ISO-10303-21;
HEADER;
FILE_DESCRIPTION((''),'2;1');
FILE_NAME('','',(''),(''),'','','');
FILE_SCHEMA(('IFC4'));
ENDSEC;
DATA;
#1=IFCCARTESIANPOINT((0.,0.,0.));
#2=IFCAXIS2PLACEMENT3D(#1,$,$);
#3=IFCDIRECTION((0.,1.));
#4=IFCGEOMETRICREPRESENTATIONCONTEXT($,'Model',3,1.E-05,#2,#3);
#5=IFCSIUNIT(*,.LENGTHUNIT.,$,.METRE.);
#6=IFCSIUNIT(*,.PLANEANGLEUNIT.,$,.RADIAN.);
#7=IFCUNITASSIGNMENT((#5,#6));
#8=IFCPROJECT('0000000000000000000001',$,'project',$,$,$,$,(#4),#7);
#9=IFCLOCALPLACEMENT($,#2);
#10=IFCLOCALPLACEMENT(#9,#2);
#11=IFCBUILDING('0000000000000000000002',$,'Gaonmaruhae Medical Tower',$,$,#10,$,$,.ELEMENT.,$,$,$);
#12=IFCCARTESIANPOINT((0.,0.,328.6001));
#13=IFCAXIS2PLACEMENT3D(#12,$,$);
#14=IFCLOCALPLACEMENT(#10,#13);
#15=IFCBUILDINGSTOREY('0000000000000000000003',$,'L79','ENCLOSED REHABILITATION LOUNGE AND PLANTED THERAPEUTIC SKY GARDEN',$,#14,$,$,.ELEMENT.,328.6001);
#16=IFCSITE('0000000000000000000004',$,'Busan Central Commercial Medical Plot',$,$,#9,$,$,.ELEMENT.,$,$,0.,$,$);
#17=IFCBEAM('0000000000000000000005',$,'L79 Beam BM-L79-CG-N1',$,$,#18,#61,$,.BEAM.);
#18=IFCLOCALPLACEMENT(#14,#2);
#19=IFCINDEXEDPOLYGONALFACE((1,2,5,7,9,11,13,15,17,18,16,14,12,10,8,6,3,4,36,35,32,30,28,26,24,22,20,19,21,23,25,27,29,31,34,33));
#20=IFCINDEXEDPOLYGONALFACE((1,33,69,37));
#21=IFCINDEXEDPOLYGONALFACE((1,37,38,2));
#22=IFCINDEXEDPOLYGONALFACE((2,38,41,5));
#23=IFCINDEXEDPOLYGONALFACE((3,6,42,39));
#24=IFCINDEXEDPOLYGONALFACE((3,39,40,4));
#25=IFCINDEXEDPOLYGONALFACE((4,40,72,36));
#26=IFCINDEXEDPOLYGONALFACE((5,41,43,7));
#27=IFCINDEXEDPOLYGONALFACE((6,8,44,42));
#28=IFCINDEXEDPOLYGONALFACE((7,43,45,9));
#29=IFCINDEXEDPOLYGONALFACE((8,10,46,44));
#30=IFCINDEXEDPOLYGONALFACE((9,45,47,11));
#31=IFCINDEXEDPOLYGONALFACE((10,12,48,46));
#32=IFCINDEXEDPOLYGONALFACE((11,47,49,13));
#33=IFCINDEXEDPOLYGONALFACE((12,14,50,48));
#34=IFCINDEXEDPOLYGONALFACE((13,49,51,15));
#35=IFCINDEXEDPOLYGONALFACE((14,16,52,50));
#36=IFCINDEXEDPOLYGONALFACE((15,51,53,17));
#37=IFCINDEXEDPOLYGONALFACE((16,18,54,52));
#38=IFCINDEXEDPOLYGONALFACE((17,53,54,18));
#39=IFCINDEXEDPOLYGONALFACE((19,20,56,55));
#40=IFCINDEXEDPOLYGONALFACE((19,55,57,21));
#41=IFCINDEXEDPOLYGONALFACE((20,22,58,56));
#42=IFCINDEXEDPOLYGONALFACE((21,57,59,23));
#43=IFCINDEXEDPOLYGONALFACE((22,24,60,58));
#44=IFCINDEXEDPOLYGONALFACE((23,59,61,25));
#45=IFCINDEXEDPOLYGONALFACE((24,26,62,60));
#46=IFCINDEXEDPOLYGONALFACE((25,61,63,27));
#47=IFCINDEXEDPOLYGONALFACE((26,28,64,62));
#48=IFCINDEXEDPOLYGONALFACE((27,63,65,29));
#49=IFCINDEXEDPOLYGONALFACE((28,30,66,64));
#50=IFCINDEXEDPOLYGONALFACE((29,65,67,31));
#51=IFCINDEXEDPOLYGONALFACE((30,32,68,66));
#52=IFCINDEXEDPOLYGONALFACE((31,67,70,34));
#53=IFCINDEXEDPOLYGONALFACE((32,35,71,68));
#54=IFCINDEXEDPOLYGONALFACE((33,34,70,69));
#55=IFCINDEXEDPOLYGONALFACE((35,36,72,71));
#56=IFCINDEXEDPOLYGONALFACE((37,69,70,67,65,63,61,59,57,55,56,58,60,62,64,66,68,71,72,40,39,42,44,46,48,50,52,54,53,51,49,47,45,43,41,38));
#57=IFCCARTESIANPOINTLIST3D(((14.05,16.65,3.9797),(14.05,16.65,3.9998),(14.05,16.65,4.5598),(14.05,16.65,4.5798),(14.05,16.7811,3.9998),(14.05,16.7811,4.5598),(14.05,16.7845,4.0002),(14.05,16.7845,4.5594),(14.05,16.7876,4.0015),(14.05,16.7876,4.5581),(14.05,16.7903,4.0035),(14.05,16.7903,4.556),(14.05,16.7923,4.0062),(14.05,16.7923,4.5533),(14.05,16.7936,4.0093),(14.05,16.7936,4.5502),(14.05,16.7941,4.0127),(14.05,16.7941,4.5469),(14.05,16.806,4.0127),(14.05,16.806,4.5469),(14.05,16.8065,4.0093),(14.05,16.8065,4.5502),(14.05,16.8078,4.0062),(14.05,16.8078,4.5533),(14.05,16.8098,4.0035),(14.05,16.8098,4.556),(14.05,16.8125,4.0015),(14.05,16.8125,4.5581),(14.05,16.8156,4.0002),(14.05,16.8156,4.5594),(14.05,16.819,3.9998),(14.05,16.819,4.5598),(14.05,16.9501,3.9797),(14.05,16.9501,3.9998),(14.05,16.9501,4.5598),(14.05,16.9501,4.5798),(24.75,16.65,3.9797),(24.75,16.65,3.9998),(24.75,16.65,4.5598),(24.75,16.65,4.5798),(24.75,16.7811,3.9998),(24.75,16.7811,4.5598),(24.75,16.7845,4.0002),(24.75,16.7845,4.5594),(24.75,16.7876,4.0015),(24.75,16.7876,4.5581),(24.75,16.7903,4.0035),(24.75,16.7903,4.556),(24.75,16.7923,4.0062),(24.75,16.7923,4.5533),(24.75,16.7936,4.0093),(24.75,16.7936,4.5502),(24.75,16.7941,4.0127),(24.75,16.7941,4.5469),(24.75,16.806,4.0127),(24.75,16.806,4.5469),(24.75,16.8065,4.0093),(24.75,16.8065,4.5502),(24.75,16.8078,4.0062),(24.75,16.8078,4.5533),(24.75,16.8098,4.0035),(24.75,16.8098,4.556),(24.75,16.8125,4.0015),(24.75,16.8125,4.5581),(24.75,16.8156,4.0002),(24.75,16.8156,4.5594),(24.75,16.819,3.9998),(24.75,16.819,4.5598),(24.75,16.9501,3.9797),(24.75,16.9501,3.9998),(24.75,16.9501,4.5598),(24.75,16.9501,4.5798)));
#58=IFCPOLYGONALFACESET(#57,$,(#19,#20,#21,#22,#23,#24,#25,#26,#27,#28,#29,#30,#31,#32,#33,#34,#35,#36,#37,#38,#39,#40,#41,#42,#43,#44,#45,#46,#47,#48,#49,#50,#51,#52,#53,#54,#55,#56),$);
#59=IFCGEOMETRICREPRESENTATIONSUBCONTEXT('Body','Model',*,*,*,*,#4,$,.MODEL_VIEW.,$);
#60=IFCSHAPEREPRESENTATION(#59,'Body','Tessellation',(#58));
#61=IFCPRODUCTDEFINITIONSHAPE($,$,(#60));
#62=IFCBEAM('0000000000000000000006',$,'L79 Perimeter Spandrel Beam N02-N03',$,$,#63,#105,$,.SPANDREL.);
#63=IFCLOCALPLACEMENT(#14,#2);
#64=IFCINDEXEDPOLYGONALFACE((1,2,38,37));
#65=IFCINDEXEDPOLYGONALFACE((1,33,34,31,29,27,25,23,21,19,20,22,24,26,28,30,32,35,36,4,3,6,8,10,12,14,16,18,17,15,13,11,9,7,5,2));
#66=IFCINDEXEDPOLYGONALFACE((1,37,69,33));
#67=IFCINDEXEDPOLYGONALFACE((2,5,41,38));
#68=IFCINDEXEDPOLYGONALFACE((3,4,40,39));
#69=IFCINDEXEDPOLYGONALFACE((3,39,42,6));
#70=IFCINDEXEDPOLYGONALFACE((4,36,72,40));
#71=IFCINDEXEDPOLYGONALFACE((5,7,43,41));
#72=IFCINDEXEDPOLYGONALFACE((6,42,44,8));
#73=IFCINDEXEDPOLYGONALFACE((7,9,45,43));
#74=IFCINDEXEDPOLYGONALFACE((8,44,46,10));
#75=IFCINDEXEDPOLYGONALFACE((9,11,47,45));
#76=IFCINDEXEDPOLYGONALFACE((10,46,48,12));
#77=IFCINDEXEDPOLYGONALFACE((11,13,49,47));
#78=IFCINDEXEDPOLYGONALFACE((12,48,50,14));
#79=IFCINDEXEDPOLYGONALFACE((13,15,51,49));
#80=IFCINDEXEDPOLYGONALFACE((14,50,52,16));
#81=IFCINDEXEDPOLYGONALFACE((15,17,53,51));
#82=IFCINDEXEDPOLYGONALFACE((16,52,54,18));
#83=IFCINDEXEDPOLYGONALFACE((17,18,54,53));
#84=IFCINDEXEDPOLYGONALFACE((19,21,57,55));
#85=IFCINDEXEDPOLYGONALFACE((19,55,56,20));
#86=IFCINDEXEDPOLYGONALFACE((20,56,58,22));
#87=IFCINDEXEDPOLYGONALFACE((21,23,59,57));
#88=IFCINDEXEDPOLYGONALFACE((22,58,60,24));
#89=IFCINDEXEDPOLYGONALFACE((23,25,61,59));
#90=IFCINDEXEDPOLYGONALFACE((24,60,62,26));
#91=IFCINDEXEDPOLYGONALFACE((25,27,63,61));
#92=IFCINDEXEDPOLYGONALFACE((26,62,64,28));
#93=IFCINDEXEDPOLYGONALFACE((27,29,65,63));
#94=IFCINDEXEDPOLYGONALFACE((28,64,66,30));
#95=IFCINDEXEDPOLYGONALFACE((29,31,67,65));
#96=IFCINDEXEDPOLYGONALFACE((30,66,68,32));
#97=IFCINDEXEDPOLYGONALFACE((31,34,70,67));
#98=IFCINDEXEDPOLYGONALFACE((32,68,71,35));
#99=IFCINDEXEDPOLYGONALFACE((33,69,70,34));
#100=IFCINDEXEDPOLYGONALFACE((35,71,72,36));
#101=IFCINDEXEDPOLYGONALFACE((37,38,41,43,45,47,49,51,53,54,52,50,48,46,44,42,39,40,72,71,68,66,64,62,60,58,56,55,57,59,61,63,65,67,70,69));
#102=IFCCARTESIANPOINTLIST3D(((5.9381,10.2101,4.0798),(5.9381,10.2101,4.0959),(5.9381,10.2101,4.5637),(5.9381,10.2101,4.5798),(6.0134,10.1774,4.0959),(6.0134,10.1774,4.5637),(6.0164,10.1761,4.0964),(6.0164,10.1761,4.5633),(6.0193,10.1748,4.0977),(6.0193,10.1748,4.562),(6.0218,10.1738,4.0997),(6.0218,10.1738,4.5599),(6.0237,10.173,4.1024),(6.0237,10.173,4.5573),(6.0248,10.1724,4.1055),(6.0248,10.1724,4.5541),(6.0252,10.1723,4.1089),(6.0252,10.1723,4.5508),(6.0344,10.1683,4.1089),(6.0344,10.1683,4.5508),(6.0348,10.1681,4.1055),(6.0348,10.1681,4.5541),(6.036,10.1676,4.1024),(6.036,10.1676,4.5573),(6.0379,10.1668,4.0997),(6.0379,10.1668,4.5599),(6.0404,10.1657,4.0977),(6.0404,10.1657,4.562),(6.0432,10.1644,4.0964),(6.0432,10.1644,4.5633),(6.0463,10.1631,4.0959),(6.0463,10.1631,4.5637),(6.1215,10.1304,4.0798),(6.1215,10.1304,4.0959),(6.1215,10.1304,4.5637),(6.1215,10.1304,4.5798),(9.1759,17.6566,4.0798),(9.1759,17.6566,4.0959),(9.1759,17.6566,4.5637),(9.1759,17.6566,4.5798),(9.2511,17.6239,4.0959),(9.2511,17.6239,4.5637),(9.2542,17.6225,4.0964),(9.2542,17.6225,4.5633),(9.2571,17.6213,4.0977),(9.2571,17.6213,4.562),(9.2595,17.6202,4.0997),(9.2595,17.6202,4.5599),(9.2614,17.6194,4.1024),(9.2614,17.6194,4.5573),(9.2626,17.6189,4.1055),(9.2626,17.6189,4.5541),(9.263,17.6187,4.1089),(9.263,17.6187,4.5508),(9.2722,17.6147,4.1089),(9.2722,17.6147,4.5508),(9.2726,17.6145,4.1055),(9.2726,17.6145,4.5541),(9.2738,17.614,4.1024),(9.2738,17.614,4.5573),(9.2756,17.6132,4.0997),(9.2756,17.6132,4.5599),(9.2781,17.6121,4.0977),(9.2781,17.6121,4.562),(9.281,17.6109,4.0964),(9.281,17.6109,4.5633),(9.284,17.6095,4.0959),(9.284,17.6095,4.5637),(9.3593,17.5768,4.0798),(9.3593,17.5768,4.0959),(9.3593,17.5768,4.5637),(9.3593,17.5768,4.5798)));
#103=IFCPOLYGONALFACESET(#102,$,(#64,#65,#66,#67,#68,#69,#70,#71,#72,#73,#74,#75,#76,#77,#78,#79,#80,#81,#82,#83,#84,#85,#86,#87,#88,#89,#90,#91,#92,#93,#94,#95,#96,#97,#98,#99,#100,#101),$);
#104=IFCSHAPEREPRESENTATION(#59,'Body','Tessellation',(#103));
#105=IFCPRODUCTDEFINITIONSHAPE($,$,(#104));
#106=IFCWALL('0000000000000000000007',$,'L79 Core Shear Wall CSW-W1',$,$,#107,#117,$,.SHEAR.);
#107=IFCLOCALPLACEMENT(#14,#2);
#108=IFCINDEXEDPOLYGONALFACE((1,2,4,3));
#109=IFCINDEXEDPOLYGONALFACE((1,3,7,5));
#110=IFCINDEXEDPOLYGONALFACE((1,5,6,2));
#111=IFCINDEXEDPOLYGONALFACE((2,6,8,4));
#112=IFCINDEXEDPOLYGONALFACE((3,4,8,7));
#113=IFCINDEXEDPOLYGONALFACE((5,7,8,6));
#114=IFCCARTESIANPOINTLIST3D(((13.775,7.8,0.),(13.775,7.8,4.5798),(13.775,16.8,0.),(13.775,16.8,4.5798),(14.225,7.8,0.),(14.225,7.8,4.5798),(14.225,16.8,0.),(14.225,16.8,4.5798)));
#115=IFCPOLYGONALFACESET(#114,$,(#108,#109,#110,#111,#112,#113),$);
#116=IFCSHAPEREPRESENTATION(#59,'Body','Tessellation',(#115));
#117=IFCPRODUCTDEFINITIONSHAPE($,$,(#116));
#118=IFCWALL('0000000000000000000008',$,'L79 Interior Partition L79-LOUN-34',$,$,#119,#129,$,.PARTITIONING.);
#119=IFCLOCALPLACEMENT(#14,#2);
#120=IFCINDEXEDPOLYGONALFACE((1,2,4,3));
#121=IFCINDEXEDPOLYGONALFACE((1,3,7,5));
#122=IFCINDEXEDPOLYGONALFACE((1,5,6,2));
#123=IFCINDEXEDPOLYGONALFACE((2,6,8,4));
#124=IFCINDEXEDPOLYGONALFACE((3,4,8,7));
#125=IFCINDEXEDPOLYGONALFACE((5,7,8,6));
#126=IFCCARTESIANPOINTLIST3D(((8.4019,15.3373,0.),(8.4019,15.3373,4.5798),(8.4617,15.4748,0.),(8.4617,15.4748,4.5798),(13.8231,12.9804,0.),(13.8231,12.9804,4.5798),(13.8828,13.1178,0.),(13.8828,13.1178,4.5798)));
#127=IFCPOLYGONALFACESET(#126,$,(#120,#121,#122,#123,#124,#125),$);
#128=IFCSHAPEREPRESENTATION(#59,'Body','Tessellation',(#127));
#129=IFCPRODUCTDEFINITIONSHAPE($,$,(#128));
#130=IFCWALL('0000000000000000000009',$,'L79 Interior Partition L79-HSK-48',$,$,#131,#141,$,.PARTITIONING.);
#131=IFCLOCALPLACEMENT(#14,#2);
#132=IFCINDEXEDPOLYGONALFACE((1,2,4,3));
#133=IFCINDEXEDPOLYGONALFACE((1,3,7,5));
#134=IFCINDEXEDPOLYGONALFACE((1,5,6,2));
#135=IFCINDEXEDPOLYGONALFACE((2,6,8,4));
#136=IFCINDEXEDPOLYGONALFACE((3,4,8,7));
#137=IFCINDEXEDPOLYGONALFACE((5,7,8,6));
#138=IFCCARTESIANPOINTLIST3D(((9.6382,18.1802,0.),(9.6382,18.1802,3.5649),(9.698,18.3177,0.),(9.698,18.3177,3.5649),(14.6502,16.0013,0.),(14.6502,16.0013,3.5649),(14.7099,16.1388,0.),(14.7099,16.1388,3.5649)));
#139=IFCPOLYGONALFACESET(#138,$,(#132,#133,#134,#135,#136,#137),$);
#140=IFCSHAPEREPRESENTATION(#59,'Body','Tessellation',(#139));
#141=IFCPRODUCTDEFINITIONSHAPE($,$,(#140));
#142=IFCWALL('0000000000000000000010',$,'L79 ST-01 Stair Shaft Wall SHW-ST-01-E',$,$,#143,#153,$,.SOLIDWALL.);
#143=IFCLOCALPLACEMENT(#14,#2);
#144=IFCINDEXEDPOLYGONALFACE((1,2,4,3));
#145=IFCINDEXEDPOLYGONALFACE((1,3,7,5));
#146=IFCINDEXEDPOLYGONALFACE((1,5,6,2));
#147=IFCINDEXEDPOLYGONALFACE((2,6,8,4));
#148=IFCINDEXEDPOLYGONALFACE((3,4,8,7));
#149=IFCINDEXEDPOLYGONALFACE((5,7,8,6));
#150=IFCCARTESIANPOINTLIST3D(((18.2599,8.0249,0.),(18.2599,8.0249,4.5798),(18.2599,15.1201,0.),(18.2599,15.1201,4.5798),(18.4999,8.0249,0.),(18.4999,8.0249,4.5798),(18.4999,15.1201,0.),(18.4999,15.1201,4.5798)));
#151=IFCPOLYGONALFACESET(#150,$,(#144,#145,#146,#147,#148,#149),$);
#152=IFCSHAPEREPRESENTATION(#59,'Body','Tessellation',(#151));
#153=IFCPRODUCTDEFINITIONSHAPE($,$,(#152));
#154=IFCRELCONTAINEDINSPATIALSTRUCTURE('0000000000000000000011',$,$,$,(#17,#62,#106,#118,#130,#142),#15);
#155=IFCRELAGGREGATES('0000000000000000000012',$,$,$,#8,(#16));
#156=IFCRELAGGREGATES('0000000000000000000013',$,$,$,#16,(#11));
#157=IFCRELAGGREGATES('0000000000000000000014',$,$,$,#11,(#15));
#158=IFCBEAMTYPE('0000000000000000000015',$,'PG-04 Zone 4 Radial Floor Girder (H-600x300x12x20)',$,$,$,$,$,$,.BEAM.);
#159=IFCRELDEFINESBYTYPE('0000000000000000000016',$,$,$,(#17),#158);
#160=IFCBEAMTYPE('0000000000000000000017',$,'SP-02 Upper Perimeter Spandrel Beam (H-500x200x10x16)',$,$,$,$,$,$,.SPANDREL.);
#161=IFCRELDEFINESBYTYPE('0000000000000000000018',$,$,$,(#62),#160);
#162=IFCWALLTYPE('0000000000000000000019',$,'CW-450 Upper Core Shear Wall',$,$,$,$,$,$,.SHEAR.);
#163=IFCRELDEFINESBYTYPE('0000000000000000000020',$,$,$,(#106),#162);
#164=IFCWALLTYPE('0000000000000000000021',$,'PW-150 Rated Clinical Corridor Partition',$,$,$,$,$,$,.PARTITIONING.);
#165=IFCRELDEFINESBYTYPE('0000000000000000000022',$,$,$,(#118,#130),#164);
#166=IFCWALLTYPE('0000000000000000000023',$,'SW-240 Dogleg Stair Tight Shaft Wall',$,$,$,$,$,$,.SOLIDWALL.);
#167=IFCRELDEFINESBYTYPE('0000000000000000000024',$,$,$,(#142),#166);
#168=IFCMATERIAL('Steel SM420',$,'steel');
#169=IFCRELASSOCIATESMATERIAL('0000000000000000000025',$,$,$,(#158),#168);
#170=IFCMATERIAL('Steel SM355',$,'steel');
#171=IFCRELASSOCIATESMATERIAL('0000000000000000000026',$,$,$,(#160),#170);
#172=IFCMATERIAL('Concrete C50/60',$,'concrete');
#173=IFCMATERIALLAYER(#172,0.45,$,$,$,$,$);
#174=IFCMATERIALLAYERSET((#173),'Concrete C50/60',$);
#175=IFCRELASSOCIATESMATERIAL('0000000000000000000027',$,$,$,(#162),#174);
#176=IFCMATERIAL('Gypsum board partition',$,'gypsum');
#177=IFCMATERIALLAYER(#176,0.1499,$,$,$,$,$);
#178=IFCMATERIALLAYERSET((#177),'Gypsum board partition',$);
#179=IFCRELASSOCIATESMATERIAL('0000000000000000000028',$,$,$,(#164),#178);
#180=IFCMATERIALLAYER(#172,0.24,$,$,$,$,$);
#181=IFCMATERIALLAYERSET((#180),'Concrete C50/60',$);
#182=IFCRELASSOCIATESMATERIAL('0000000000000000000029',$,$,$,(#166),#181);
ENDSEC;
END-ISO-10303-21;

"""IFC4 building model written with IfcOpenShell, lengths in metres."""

from ifc_helpers import new_model, si_unit, direction, frame, frame_2d, origin, origin_2d, place, context, subcontext, project, spatial, rectangle, i_section, extrude, material, layer, layer_set, material_profile, profile_set, type_object, element, save


model = new_model("IFC4")

# Units and contexts
model_context = context("Model", 3, precision=1e-05, world=origin(), true_north=direction((0.0, 1.0)))
body_context = subcontext(model_context, "Body", "Model", "MODEL_VIEW")
ifc_project = project(units=[si_unit("LENGTHUNIT", "METRE"), si_unit("PLANEANGLEUNIT", "RADIAN")], contexts=[model_context])

# Site, building, storey
site_placement = place(None, origin())
site = spatial("IfcSite", under=ifc_project, at=site_placement, Name="Busan Central Commercial Medical Plot", CompositionType="ELEMENT", RefElevation=0.0)
building_placement = place(site_placement, origin())
building = spatial("IfcBuilding", under=site, at=building_placement, Name="Gaonmaruhae Medical Tower", CompositionType="ELEMENT")
storey_placement = place(building_placement, frame((0.0, 0.0, 328.6001)))
storey = spatial("IfcBuildingStorey", under=building, at=storey_placement, Name="L79", Description="ENCLOSED REHABILITATION LOUNGE AND PLANTED THERAPEUTIC SKY GARDEN", CompositionType="ELEMENT", Elevation=328.6001)

# Shared definitions
ifc_material_1 = material(Name="Concrete C50/60", Category="concrete")

# Beams
ifc_material_2 = material(Name="Steel SM420", Category="steel")
ifc_material_3 = material(Name="Steel SM355", Category="steel")
ifc_material_profile_1 = material_profile(ifc_material_2, i_section(OverallWidth=0.3, OverallDepth=0.6001, WebThickness=0.012, FlangeThickness=0.02, FilletRadius=0.0129, at=origin_2d()), Name="H-600x300x12x20")
ifc_profile_set_1 = profile_set([ifc_material_profile_1], Name="Steel SM420")
beam_type_1 = type_object("IfcBeamType", Name="PG-04 Zone 4 Radial Floor Girder (H-600x300x12x20)", PredefinedType="BEAM", material=ifc_profile_set_1)
beam_1_placement = place(storey_placement, frame((14.05, 16.8, 4.2798), z_axis=(1.0, 0.0, 0.0), x_axis=(0.0, 1.0, 0.0)))
element("IfcBeam", 1, at=beam_1_placement, inside=storey, type_object=beam_type_1, Name="L79 Beam BM-L79-CG-N1", PredefinedType="BEAM", context=body_context, shape_type="SweptSolid", body=[
    extrude(i_section(OverallWidth=0.3, OverallDepth=0.6001, WebThickness=0.012, FlangeThickness=0.02, FilletRadius=0.0129, at=origin_2d()), origin(), (0.0, 0.0, 1.0), 10.7),
])
ifc_material_profile_2 = material_profile(ifc_material_3, i_section(OverallWidth=0.2, OverallDepth=0.5, WebThickness=0.01, FlangeThickness=0.0161, FilletRadius=0.0129, at=origin_2d()), Name="H-500x200x10x16")
ifc_profile_set_2 = profile_set([ifc_material_profile_2], Name="Steel SM355")
beam_type_2 = type_object("IfcBeamType", Name="SP-02 Upper Perimeter Spandrel Beam (H-500x200x10x16)", PredefinedType="SPANDREL", material=ifc_profile_set_2)
beam_2_placement = place(storey_placement, frame((9.2676, 17.6167, 4.3298), z_axis=(-0.398744, -0.917062, 0.0), x_axis=(0.917062, -0.398744, 0.0)))
element("IfcBeam", 2, at=beam_2_placement, inside=storey, type_object=beam_type_2, Name="L79 Perimeter Spandrel Beam N02-N03", PredefinedType="SPANDREL", context=body_context, shape_type="SweptSolid", body=[
    extrude(i_section(OverallWidth=0.2, OverallDepth=0.5, WebThickness=0.01, FlangeThickness=0.0161, FilletRadius=0.0129, at=origin_2d()), origin(), (0.0, 0.0, 1.0), 8.1199),
])

# Walls
ifc_layer_1 = layer(ifc_material_1, 0.45)
ifc_layer_set_1 = layer_set([ifc_layer_1], Name="Concrete C50/60")
wall_type_1 = type_object("IfcWallType", Name="CW-450 Upper Core Shear Wall", PredefinedType="SHEAR", material=ifc_layer_set_1)
wall_1_placement = place(storey_placement, frame((14.0, 16.8, 0.0), z_axis=(0.0, 0.0, 1.0), x_axis=(0.0, -1.0, 0.0)))
element("IfcWall", 3, at=wall_1_placement, inside=storey, type_object=wall_type_1, Name="L79 Core Shear Wall CSW-W1", PredefinedType="SHEAR", context=body_context, shape_type="SweptSolid", body=[
    extrude(rectangle(XDim=9.0, YDim=0.45, at=frame_2d((4.5, 0.0))), origin(), (0.0, 0.0, 1.0), 4.5798),
])
ifc_material_4 = material(Name="Gypsum board partition", Category="gypsum")
ifc_layer_2 = layer(ifc_material_4, 0.1499)
ifc_layer_set_2 = layer_set([ifc_layer_2], Name="Gypsum board partition")
wall_type_2 = type_object("IfcWallType", Name="PW-150 Rated Clinical Corridor Partition", PredefinedType="PARTITIONING", material=ifc_layer_set_2)
wall_2_placement = place(storey_placement, frame((8.4319, 15.406, 0.0), z_axis=(0.0, 0.0, 1.0), x_axis=(0.917075, -0.398714, 0.0)))
element("IfcWall", 4, at=wall_2_placement, inside=storey, type_object=wall_type_2, Name="L79 Interior Partition L79-LOUN-34", PredefinedType="PARTITIONING", context=body_context, shape_type="SweptSolid", body=[
    extrude(rectangle(XDim=5.9114, YDim=0.1499, at=frame_2d((2.9556, 0.0))), origin(), (0.0, 0.0, 1.0), 4.5798),
])
wall_3_placement = place(storey_placement, frame((14.6799, 16.0701, 0.0), z_axis=(0.0, 0.0, 1.0), x_axis=(-0.917081, 0.398702, 0.0)))
element("IfcWall", 5, at=wall_3_placement, inside=storey, type_object=wall_type_2, Name="L79 Interior Partition L79-HSK-48", PredefinedType="PARTITIONING", context=body_context, shape_type="SweptSolid", body=[
    extrude(rectangle(XDim=5.4651, YDim=0.1499, at=frame_2d((2.7324, 0.0))), origin(), (0.0, 0.0, 1.0), 3.5649),
])

# Shared definitions
ifc_layer_3 = layer(ifc_material_1, 0.24)
ifc_layer_set_3 = layer_set([ifc_layer_3], Name="Concrete C50/60")
wall_type_3 = type_object("IfcWallType", Name="SW-240 Dogleg Stair Tight Shaft Wall", PredefinedType="SOLIDWALL", material=ifc_layer_set_3)

# Wall
wall_4_placement = place(storey_placement, frame((18.3799, 15.1201, 0.0), z_axis=(0.0, 0.0, 1.0), x_axis=(0.0, -1.0, 0.0)))
element("IfcWall", 6, at=wall_4_placement, inside=storey, type_object=wall_type_3, Name="L79 ST-01 Stair Shaft Wall SHW-ST-01-E", PredefinedType="SOLIDWALL", context=body_context, shape_type="SweptSolid", body=[
    extrude(rectangle(XDim=7.0952, YDim=0.24, at=frame_2d((3.5476, 0.0))), origin(), (0.0, 0.0, 1.0), 4.5798),
])

save(model, "model.ifc")
